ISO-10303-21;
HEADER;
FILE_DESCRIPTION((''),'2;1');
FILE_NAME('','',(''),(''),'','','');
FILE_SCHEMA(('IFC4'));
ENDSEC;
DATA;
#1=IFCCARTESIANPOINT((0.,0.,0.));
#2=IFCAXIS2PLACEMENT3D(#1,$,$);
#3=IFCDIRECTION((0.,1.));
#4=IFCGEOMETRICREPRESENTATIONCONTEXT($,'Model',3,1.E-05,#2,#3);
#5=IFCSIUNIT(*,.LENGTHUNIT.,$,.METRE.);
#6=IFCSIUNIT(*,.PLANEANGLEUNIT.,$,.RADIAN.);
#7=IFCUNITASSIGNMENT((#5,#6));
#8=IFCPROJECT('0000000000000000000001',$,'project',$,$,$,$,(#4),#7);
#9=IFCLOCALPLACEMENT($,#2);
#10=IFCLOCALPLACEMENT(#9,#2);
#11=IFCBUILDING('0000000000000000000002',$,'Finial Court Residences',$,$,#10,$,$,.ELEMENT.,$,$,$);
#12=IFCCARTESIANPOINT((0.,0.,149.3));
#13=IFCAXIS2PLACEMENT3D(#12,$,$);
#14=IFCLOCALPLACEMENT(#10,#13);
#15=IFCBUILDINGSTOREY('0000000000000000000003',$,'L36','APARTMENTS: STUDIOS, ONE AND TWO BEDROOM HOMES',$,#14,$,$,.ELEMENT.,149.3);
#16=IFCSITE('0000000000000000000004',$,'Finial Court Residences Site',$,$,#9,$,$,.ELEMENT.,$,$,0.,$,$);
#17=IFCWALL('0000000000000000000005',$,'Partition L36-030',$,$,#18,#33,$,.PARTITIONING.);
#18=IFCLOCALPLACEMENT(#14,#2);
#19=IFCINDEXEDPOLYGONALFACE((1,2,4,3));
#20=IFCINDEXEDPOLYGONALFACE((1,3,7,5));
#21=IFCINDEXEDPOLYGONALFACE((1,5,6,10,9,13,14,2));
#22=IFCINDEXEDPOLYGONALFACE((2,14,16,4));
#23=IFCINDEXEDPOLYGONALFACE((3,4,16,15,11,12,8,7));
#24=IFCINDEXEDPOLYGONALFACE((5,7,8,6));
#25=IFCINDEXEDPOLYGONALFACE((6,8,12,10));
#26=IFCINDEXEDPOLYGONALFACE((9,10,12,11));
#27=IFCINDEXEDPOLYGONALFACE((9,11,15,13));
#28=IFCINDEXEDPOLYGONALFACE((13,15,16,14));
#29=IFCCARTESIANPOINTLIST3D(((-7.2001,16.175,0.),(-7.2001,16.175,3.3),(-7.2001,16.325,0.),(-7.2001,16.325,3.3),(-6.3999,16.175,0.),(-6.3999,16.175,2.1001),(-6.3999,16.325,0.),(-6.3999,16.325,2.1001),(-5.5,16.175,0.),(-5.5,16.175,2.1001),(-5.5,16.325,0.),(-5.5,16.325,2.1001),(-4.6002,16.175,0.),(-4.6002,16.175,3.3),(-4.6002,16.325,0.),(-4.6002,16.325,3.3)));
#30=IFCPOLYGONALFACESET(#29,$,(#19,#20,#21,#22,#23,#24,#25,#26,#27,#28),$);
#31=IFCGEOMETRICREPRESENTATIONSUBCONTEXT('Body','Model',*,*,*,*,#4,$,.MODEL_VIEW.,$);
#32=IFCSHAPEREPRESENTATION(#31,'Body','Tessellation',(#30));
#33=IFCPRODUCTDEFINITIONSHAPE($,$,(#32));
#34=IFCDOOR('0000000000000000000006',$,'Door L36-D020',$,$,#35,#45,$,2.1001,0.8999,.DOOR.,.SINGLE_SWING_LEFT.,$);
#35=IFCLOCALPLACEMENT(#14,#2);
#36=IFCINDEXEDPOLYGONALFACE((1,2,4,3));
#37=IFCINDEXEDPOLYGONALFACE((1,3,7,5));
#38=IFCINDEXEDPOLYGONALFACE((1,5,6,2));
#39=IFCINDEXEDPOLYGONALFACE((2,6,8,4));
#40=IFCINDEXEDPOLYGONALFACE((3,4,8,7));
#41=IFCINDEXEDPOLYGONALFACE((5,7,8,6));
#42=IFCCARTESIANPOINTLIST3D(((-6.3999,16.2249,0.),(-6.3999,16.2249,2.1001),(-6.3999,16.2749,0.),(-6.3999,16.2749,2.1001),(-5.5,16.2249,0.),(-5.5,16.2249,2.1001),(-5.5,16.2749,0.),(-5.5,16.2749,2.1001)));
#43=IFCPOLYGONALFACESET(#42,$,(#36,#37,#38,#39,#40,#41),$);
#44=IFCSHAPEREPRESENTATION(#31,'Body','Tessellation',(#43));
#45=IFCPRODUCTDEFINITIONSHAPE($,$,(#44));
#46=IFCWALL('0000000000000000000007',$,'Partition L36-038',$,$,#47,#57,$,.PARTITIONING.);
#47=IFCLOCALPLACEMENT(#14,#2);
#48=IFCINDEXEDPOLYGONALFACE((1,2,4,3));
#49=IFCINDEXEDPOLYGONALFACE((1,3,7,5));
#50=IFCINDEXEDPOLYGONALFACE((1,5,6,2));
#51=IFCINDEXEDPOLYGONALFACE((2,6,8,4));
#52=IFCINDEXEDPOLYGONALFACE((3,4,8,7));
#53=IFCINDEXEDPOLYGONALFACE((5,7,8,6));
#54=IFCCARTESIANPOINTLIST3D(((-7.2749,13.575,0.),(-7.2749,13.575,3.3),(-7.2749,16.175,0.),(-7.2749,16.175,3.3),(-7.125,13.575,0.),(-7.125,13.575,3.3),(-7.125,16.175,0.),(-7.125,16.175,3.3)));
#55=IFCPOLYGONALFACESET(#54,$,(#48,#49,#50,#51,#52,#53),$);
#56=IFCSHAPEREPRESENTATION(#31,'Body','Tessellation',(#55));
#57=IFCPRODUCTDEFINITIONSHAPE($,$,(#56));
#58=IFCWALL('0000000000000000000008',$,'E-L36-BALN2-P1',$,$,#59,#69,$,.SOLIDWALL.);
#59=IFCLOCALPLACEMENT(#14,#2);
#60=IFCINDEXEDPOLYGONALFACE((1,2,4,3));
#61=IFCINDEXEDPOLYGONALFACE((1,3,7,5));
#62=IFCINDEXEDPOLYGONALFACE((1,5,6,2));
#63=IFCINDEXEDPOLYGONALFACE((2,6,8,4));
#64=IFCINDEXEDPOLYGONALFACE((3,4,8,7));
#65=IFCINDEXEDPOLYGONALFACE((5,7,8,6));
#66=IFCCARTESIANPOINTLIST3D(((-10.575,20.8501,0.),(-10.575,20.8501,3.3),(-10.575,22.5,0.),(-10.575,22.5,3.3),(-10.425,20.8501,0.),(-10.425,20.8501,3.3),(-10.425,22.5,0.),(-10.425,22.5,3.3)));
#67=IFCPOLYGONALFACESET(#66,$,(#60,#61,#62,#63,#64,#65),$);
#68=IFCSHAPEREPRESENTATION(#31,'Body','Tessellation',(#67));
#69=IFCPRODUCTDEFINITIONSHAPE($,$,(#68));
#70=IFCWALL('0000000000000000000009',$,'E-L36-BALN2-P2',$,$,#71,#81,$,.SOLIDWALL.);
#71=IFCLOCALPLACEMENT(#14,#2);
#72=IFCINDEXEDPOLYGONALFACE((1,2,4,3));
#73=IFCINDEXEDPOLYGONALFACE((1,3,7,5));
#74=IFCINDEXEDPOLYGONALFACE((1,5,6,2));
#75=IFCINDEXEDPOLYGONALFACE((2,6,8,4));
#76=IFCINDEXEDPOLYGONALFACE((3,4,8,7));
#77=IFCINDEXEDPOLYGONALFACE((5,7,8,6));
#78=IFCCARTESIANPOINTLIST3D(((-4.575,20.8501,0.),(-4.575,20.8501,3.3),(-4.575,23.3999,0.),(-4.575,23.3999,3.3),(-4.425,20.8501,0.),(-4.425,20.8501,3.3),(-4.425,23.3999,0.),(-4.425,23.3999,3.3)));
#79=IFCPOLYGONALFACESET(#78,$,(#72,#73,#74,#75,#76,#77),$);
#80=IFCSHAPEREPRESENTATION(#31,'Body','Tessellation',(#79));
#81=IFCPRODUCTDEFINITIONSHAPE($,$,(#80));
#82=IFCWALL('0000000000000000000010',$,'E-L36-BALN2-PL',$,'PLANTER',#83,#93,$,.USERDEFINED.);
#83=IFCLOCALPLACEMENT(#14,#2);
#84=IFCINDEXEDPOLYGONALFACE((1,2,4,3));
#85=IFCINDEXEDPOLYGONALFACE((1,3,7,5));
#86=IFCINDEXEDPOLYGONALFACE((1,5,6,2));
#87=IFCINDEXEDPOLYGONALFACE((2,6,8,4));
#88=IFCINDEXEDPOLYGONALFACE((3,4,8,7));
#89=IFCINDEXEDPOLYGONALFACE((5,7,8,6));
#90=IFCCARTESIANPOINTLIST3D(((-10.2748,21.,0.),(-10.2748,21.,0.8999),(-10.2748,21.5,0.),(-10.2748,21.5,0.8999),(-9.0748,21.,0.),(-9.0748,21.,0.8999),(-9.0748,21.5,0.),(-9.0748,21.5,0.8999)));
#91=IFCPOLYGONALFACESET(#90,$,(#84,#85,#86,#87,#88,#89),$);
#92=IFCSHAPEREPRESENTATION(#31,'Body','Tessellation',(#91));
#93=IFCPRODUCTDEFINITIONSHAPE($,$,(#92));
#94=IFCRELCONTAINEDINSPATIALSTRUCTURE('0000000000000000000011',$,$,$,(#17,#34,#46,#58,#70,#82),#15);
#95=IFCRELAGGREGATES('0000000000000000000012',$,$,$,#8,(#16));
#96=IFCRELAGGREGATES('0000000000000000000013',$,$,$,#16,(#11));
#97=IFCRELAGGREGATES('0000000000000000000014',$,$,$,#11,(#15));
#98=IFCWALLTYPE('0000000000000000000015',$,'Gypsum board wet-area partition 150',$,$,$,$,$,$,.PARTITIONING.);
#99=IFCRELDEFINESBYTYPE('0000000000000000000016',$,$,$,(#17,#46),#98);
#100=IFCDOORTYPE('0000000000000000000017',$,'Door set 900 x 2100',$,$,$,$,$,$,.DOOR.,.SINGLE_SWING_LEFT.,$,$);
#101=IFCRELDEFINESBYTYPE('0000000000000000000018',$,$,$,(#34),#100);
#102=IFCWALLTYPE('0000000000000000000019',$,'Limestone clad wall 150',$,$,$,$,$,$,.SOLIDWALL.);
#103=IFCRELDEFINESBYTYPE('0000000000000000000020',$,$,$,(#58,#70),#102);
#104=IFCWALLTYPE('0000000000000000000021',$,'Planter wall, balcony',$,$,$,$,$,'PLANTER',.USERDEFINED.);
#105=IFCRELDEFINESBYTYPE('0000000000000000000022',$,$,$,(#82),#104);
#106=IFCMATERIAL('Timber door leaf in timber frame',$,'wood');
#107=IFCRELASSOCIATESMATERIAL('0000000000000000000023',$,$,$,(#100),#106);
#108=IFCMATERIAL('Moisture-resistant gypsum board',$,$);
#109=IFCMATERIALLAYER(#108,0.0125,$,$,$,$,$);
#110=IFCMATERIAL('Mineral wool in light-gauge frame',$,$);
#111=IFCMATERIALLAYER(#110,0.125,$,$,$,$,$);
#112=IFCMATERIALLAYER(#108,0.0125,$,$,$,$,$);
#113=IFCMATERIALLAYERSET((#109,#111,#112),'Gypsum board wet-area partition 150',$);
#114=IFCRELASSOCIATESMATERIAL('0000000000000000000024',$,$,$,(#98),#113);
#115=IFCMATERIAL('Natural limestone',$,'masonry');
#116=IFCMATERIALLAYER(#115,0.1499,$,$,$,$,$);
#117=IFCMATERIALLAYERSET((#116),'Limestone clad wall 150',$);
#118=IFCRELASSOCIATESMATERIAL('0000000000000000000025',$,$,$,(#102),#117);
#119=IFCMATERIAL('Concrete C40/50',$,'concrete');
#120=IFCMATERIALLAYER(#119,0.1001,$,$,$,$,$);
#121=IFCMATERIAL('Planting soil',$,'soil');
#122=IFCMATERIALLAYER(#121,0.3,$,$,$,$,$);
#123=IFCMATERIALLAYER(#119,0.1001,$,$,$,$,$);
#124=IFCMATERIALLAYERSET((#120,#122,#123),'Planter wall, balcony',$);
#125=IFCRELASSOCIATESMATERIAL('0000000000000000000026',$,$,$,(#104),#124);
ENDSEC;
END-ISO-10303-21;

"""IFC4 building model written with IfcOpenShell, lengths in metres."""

from ifc_helpers import new_model, si_unit, direction, frame, frame_2d, origin, place, context, subcontext, project, spatial, rectangle, extrude, material, layer, layer_set, type_object, element, fill, save


model = new_model("IFC4")

# Units and contexts
model_context = context("Model", 3, precision=1e-05, world=origin(), true_north=direction((0.0, 1.0)))
body_context = subcontext(model_context, "Body", "Model", "MODEL_VIEW")
ifc_project = project(units=[si_unit("LENGTHUNIT", "METRE"), si_unit("PLANEANGLEUNIT", "RADIAN")], contexts=[model_context])

# Site, building, storey
site_placement = place(None, origin())
site = spatial("IfcSite", under=ifc_project, at=site_placement, Name="Finial Court Residences Site", CompositionType="ELEMENT", RefElevation=0.0)
building_placement = place(site_placement, origin())
building = spatial("IfcBuilding", under=site, at=building_placement, Name="Finial Court Residences", CompositionType="ELEMENT")
storey_placement = place(building_placement, frame((0.0, 0.0, 149.3)))
storey = spatial("IfcBuildingStorey", under=building, at=storey_placement, Name="L36", Description="APARTMENTS: STUDIOS, ONE AND TWO BEDROOM HOMES", CompositionType="ELEMENT", Elevation=149.3)

# Wall, opening, door
ifc_material_1 = material(Name="Mineral wool in light-gauge frame")
ifc_material_2 = material(Name="Timber door leaf in timber frame", Category="wood")
door_type_1 = type_object("IfcDoorType", Name="Door set 900 x 2100", OperationType="SINGLE_SWING_LEFT", PredefinedType="DOOR", material=ifc_material_2)
ifc_material_3 = material(Name="Moisture-resistant gypsum board")
ifc_layer_1 = layer(ifc_material_3, 0.0125)
ifc_layer_2 = layer(ifc_material_1, 0.125)
ifc_layer_3 = layer(ifc_material_3, 0.0125)
ifc_layer_set_1 = layer_set([ifc_layer_1, ifc_layer_2, ifc_layer_3], Name="Gypsum board wet-area partition 150")
wall_type_1 = type_object("IfcWallType", Name="Gypsum board wet-area partition 150", PredefinedType="PARTITIONING", material=ifc_layer_set_1)
wall_1_placement = place(storey_placement, frame((-7.2, 16.25, 0.0), z_axis=(0.0, 0.0, 1.0), x_axis=(1.0, 0.0, 0.0)))
wall_1 = element("IfcWall", 1, at=wall_1_placement, inside=storey, type_object=wall_type_1, Name="Partition L36-030", PredefinedType="PARTITIONING", context=body_context, shape_type="SweptSolid", body=[
    extrude(rectangle(XDim=2.5999, YDim=0.1499, at=frame_2d((1.2998, 0.0))), origin(), (0.0, 0.0, 1.0), 3.3),
])
opening_1_placement = place(wall_1_placement, frame((0.8, 0.0, 0.0)))
opening_1 = element("IfcOpeningElement", 2, at=opening_1_placement, cuts=wall_1, PredefinedType="OPENING", context=body_context, shape_type="SweptSolid", body=[
    extrude(rectangle(XDim=0.8999, YDim=2.1001, at=frame_2d((0.45, 1.05))), frame((0.0, 0.085, 0.0), z_axis=(0.0, -1.0, 0.0), x_axis=(1.0, 0.0, 0.0)), (0.0, 0.0, 1.0), 0.1699),
])
door_1_placement = place(opening_1_placement, origin())
door_1 = element("IfcDoor", 3, at=door_1_placement, inside=storey, type_object=door_type_1, Name="Door L36-D020", OperationType="SINGLE_SWING_LEFT", OverallHeight=2.1001, OverallWidth=0.8999, PredefinedType="DOOR", context=body_context, shape_type="SweptSolid", body=[
    extrude(rectangle(XDim=0.8999, YDim=2.1001, at=frame_2d((0.45, 1.05))), frame((0.0, 0.0249, 0.0), z_axis=(0.0, -1.0, 0.0), x_axis=(1.0, 0.0, 0.0)), (0.0, 0.0, 1.0), 0.05),
])
fill(opening_1, door_1)

# Walls
wall_2_placement = place(storey_placement, frame((-7.2, 13.575, 0.0), z_axis=(0.0, 0.0, 1.0), x_axis=(0.0, 1.0, 0.0)))
element("IfcWall", 4, at=wall_2_placement, inside=storey, type_object=wall_type_1, Name="Partition L36-038", PredefinedType="PARTITIONING", context=body_context, shape_type="SweptSolid", body=[
    extrude(rectangle(XDim=2.6001, YDim=0.1499, at=frame_2d((1.3, 0.0))), origin(), (0.0, 0.0, 1.0), 3.3),
])
ifc_material_4 = material(Name="Natural limestone", Category="masonry")
ifc_layer_4 = layer(ifc_material_4, 0.1499)
ifc_layer_set_2 = layer_set([ifc_layer_4], Name="Limestone clad wall 150")
wall_type_2 = type_object("IfcWallType", Name="Limestone clad wall 150", PredefinedType="SOLIDWALL", material=ifc_layer_set_2)
wall_3_placement = place(storey_placement, frame((-10.5, 20.8501, 0.0), z_axis=(0.0, 0.0, 1.0), x_axis=(0.0, 1.0, 0.0)))
element("IfcWall", 5, at=wall_3_placement, inside=storey, type_object=wall_type_2, Name="E-L36-BALN2-P1", PredefinedType="SOLIDWALL", context=body_context, shape_type="SweptSolid", body=[
    extrude(rectangle(XDim=1.6499, YDim=0.1499, at=frame_2d((0.825, 0.0))), origin(), (0.0, 0.0, 1.0), 3.3),
])
wall_4_placement = place(storey_placement, frame((-4.5, 20.8501, 0.0), z_axis=(0.0, 0.0, 1.0), x_axis=(0.0, 1.0, 0.0)))
element("IfcWall", 6, at=wall_4_placement, inside=storey, type_object=wall_type_2, Name="E-L36-BALN2-P2", PredefinedType="SOLIDWALL", context=body_context, shape_type="SweptSolid", body=[
    extrude(rectangle(XDim=2.5498, YDim=0.1499, at=frame_2d((1.2749, 0.0))), origin(), (0.0, 0.0, 1.0), 3.3),
])

# Wall
ifc_material_5 = material(Name="Concrete C40/50", Category="concrete")
ifc_layer_5 = layer(ifc_material_5, 0.1001)
ifc_material_6 = material(Name="Planting soil", Category="soil")
ifc_layer_6 = layer(ifc_material_6, 0.3)
ifc_layer_7 = layer(ifc_material_5, 0.1001)
ifc_layer_set_3 = layer_set([ifc_layer_5, ifc_layer_6, ifc_layer_7], Name="Planter wall, balcony")
wall_type_3 = type_object("IfcWallType", Name="Planter wall, balcony", ElementType="PLANTER", PredefinedType="USERDEFINED", material=ifc_layer_set_3)
wall_5_placement = place(storey_placement, frame((-10.2749, 21.25, 0.0), z_axis=(0.0, 0.0, 1.0), x_axis=(1.0, 0.0, 0.0)))
element("IfcWall", 7, at=wall_5_placement, inside=storey, type_object=wall_type_3, Name="E-L36-BALN2-PL", ObjectType="PLANTER", PredefinedType="USERDEFINED", context=body_context, shape_type="SweptSolid", body=[
    extrude(rectangle(XDim=1.2, YDim=0.5, at=frame_2d((0.6001, 0.0))), origin(), (0.0, 0.0, 1.0), 0.8999),
])

save(model, "model.ifc")
